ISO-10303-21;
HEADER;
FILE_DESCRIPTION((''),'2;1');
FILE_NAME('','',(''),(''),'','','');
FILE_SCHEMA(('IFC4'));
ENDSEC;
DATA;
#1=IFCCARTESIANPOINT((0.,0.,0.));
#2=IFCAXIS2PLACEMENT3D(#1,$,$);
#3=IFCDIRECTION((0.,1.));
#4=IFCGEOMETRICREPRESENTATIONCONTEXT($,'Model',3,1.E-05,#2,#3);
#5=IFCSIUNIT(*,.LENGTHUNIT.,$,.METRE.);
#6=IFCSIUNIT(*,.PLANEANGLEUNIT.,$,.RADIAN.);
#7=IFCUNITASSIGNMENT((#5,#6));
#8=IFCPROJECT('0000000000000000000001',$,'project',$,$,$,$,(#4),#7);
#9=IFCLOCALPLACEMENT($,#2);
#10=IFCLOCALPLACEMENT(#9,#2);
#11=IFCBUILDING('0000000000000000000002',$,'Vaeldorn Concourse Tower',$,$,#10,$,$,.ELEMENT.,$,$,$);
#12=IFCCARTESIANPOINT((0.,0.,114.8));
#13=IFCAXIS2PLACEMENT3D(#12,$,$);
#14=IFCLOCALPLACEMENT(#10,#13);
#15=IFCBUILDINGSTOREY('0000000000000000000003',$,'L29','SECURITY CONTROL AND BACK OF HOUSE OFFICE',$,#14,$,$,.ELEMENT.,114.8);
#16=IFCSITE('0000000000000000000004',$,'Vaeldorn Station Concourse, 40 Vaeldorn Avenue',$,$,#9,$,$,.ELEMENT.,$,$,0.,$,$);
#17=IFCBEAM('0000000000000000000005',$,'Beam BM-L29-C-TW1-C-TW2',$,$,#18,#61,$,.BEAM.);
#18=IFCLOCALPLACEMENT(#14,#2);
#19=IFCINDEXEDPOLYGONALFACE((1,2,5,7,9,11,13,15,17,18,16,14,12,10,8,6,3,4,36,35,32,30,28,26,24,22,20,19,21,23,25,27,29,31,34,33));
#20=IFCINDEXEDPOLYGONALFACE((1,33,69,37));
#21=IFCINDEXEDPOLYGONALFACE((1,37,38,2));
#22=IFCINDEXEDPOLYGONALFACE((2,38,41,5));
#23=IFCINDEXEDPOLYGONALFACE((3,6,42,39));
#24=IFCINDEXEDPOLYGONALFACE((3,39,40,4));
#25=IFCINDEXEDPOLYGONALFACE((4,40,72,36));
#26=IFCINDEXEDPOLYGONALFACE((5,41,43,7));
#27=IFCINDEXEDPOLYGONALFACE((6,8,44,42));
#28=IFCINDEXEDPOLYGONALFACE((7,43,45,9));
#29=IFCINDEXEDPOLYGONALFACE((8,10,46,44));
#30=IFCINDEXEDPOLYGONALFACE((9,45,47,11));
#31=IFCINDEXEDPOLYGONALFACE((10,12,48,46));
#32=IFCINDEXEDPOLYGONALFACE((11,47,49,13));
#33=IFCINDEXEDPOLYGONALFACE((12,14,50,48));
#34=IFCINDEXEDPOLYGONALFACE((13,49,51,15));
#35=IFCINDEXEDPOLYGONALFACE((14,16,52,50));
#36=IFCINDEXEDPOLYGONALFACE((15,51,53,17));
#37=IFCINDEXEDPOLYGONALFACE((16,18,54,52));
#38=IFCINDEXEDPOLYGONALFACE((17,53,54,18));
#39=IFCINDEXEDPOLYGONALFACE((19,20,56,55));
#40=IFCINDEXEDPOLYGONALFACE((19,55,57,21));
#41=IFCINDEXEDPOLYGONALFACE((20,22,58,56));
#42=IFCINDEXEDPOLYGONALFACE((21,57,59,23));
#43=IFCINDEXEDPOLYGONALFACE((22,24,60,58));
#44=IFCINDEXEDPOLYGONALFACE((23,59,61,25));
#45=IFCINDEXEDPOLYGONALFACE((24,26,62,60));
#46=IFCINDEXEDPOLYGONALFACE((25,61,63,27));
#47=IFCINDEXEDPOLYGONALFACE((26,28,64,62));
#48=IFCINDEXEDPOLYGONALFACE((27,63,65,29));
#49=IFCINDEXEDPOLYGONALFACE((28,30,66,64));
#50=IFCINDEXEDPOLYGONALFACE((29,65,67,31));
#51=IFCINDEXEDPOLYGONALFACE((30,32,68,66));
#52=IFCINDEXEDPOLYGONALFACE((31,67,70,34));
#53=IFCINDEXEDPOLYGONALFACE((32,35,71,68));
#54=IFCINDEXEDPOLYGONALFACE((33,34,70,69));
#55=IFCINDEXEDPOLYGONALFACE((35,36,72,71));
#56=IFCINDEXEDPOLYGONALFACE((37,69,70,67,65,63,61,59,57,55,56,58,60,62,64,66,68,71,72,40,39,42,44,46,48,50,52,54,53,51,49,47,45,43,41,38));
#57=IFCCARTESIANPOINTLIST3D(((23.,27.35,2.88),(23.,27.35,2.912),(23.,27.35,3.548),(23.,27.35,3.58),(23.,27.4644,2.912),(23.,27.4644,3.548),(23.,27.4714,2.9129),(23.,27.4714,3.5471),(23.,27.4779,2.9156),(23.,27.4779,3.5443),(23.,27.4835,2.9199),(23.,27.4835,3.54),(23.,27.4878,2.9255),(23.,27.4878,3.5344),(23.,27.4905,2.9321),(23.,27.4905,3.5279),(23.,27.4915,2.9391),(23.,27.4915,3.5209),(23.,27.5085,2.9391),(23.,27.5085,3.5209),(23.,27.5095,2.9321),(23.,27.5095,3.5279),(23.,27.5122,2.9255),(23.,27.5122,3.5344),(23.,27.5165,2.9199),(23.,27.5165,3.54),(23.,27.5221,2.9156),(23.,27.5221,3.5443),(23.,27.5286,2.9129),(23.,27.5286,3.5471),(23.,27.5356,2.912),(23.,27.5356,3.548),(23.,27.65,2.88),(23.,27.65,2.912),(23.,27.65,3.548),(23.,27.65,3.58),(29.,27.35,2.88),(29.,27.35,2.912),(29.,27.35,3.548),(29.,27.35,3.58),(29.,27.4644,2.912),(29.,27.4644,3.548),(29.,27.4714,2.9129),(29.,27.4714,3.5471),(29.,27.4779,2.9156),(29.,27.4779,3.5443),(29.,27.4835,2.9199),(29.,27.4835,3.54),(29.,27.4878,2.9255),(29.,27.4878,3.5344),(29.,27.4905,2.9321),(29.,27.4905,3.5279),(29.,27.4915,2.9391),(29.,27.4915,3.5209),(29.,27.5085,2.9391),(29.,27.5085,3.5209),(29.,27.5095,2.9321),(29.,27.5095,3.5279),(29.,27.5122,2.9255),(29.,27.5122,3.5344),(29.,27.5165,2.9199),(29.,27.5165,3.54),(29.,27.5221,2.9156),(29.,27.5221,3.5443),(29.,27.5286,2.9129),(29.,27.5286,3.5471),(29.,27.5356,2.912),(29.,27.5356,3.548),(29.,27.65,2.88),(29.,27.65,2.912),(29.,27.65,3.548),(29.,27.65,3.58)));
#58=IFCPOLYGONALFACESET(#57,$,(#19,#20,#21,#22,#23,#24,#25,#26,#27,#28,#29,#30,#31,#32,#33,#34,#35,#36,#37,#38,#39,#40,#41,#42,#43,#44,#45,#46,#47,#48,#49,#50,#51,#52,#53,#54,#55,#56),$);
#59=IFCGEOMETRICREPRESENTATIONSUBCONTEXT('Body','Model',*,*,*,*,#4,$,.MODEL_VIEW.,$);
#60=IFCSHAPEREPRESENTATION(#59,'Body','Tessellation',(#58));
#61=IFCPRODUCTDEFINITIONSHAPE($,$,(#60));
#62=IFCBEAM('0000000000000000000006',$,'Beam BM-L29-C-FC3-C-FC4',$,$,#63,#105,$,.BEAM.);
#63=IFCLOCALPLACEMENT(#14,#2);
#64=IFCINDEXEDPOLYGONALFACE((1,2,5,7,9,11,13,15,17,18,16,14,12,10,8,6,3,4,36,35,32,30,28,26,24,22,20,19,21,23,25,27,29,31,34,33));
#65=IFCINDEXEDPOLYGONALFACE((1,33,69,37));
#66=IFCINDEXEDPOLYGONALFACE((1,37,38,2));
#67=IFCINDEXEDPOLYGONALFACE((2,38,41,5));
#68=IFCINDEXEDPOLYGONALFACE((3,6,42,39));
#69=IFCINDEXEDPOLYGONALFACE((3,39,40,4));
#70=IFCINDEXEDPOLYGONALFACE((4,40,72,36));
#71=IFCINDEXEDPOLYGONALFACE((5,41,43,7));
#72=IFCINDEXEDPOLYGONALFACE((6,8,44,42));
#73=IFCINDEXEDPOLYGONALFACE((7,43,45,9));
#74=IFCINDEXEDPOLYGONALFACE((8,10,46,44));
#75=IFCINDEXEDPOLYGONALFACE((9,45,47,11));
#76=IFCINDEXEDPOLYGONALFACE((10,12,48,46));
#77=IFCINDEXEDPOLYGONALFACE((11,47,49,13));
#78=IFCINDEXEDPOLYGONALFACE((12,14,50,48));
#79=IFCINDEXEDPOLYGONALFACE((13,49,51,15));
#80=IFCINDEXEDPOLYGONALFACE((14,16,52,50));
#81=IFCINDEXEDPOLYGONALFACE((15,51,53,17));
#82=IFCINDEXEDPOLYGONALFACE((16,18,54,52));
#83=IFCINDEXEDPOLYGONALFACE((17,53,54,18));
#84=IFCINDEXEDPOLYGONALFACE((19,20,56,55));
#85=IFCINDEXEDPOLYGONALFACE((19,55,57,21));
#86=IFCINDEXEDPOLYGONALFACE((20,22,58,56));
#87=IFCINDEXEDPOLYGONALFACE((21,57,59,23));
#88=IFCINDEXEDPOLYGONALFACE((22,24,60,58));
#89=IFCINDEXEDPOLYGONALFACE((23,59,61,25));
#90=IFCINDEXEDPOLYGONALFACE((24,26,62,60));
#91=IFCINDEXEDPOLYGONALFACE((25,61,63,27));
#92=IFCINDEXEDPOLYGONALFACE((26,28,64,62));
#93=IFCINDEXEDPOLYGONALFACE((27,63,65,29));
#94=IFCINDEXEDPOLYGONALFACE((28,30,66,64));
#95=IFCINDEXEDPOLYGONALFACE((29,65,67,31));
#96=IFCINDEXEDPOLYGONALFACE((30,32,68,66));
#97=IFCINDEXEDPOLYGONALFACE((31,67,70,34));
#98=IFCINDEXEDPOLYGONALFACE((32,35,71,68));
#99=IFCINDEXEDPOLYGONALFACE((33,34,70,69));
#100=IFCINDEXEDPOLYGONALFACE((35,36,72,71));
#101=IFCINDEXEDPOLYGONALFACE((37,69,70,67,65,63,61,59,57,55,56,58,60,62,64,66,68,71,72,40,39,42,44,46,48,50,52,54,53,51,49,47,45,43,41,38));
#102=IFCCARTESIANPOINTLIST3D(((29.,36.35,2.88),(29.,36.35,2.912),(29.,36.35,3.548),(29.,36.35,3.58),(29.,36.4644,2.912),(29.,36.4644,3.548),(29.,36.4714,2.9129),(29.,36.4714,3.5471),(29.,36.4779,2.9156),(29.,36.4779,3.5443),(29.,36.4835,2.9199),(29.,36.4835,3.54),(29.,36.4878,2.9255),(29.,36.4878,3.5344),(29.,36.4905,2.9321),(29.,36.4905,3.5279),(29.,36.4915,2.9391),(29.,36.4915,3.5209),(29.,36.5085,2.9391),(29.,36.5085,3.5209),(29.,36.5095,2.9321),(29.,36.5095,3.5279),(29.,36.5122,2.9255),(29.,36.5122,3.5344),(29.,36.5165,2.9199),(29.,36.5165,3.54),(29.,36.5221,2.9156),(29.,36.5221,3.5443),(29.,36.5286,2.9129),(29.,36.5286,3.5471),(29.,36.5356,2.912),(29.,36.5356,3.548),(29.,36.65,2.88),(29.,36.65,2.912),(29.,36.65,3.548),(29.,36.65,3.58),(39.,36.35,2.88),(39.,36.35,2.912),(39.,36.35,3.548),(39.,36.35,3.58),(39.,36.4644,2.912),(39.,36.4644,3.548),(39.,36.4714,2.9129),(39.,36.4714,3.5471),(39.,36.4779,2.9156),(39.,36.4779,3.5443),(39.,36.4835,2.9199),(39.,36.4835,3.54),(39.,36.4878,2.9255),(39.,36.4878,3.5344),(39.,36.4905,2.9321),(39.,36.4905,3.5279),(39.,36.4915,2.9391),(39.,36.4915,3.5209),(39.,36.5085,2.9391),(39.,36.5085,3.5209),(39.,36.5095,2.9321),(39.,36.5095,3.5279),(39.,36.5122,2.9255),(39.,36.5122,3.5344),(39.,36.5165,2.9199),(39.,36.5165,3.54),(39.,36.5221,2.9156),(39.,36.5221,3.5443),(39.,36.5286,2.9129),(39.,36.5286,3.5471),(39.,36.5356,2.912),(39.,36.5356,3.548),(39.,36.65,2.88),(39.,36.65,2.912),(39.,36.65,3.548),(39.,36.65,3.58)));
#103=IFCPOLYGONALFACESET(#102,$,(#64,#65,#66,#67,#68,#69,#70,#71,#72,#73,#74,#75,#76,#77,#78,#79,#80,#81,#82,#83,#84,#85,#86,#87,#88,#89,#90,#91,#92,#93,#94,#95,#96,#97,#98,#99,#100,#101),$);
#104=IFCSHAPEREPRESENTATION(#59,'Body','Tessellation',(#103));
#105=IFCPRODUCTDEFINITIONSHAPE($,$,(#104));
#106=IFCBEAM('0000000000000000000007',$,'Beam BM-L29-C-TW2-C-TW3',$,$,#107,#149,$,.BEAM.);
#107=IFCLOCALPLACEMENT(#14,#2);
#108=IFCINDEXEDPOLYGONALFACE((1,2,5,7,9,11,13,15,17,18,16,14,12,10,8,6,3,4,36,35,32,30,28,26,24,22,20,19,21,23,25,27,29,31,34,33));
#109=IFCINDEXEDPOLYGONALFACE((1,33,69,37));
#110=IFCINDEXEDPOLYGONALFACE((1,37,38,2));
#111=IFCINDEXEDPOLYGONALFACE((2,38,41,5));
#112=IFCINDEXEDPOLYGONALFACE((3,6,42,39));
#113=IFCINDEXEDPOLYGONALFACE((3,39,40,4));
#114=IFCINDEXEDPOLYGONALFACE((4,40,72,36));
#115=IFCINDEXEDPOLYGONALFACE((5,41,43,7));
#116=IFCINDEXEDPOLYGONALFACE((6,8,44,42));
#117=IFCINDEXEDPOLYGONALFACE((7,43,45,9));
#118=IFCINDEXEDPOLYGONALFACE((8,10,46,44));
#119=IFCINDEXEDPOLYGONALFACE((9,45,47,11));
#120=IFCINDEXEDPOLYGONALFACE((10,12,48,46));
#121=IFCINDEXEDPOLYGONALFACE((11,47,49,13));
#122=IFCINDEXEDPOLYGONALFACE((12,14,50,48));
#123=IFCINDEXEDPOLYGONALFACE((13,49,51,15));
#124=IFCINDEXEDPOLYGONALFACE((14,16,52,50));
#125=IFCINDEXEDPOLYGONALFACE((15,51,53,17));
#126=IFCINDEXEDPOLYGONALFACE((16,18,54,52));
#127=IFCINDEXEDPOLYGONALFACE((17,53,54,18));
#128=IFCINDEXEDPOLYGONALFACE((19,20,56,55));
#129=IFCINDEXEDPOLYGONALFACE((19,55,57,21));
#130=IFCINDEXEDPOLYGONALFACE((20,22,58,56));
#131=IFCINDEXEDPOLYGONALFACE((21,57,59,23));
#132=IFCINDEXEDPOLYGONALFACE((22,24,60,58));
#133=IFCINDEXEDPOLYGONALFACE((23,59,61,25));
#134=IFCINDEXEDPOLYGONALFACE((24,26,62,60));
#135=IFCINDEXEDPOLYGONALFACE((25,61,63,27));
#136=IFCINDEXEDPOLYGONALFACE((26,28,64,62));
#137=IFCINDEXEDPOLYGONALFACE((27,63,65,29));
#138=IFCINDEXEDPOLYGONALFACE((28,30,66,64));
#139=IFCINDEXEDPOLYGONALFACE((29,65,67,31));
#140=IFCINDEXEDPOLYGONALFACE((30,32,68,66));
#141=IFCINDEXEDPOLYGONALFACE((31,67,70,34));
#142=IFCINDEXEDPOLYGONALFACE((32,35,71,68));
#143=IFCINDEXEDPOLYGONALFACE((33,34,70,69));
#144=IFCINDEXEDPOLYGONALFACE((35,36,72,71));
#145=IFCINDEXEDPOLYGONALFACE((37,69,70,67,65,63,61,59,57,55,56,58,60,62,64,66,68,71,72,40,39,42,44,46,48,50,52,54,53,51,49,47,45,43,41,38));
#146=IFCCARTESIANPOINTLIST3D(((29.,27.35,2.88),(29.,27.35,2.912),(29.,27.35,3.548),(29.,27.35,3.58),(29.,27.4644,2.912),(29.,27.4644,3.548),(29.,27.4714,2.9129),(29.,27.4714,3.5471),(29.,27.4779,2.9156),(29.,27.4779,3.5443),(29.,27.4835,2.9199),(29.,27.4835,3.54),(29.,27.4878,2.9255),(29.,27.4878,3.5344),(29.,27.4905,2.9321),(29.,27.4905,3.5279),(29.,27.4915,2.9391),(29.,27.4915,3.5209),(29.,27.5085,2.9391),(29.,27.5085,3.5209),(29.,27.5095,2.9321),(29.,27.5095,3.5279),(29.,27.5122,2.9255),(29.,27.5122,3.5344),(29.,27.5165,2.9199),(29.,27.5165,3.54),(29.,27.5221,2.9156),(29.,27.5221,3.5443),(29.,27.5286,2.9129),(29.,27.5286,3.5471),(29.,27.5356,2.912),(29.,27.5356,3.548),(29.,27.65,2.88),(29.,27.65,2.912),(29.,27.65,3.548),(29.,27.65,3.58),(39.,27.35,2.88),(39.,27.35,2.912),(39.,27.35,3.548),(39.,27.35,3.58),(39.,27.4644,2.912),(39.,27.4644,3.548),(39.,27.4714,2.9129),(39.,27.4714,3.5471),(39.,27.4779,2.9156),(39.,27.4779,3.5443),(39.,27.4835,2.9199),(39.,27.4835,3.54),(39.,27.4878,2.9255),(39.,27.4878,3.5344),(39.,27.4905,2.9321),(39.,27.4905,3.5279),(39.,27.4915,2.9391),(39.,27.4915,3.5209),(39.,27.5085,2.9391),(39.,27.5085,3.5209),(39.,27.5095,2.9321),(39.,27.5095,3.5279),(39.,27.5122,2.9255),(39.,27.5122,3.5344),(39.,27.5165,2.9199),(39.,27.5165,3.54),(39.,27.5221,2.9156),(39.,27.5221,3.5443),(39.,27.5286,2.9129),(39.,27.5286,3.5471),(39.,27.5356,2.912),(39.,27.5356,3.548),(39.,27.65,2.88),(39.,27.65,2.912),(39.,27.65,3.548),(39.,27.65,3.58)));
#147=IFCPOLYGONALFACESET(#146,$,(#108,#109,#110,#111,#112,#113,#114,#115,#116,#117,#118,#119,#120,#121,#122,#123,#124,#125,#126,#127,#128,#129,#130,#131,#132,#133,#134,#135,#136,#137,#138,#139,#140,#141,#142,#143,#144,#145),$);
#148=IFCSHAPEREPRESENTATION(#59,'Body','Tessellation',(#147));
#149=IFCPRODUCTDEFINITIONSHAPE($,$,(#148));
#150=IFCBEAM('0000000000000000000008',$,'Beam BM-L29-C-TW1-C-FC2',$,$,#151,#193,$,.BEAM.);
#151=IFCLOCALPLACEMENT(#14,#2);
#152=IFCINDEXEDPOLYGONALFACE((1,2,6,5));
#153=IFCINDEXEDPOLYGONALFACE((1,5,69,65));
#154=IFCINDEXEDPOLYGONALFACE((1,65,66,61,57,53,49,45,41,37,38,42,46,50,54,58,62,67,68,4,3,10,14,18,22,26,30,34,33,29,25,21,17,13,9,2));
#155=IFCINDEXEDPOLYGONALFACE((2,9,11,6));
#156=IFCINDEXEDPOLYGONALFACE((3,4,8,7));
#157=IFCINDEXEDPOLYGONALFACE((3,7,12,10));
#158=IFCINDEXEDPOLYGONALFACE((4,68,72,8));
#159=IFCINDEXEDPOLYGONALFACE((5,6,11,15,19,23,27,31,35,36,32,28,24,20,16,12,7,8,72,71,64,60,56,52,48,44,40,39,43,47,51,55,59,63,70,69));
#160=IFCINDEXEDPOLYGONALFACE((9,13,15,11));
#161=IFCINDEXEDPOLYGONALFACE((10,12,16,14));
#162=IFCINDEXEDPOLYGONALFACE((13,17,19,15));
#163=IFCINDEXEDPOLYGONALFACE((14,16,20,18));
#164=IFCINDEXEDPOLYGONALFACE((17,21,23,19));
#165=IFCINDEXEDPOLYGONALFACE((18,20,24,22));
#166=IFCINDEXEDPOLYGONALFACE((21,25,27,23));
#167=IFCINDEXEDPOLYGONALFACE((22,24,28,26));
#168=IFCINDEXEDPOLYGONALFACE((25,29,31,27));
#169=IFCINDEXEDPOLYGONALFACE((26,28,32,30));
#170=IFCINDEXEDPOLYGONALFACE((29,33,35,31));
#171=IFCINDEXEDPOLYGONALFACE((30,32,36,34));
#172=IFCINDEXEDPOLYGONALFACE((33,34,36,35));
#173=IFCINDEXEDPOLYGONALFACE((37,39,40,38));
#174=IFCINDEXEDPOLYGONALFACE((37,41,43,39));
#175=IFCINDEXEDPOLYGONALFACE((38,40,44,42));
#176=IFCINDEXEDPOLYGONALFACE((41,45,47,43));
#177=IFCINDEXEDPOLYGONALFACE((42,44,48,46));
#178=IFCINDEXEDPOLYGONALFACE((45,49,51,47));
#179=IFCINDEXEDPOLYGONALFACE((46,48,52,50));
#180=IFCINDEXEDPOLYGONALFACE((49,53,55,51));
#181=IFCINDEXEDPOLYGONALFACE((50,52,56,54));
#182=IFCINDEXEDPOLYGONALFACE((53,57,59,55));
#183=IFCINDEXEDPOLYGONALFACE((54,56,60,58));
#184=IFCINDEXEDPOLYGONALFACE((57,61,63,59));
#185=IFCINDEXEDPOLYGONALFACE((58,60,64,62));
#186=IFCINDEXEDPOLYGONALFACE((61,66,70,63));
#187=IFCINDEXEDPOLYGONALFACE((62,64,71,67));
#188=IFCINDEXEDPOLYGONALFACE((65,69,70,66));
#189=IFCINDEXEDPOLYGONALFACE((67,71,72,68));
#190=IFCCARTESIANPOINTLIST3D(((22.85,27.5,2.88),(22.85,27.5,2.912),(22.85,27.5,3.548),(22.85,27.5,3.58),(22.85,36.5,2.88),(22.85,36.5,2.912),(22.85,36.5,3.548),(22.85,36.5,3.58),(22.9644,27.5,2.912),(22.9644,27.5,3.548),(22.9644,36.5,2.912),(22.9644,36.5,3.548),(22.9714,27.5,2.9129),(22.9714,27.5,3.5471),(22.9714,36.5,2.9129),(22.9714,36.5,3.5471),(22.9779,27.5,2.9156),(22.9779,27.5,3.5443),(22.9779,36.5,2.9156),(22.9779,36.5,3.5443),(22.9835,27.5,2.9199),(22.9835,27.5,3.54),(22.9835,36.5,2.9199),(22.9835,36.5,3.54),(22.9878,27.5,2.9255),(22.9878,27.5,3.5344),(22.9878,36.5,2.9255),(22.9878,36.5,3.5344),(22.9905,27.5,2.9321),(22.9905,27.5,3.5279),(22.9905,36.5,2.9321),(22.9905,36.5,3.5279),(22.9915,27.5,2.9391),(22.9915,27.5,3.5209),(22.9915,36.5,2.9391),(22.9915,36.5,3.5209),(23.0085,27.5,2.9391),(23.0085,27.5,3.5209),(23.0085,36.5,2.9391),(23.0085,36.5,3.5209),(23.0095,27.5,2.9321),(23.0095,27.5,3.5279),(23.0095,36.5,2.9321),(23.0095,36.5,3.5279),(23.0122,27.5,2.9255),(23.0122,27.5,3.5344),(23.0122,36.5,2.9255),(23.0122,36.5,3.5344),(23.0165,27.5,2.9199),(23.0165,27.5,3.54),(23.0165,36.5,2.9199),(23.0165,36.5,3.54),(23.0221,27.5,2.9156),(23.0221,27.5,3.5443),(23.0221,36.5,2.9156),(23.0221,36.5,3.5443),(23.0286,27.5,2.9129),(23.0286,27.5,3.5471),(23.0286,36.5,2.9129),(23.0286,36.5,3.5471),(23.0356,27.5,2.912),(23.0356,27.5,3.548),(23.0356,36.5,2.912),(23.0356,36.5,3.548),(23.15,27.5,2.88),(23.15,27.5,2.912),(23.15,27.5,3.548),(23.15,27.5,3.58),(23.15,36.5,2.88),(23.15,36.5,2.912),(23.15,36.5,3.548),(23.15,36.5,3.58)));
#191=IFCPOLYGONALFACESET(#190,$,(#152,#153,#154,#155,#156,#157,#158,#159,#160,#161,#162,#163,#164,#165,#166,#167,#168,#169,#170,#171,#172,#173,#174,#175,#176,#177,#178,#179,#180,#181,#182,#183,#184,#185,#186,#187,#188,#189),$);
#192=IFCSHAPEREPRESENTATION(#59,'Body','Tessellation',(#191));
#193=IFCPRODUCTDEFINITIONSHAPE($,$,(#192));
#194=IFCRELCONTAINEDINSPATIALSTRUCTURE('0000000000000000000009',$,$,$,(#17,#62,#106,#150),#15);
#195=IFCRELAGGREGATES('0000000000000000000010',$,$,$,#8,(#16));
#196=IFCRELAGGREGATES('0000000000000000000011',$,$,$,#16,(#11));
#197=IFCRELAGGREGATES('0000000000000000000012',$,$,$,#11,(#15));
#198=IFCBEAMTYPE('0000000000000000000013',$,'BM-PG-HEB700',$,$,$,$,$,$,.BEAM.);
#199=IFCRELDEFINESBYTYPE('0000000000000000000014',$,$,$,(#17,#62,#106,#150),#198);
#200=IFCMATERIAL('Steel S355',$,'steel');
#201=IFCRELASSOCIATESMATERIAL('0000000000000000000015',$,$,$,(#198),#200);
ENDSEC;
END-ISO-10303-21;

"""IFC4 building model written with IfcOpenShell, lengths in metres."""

from ifc_helpers import new_model, si_unit, direction, frame, origin, origin_2d, place, context, subcontext, project, spatial, i_section, extrude, source, transform, mapped, material, material_profile, profile_set, type_object, element, save


model = new_model("IFC4")

# Units and contexts
model_context = context("Model", 3, precision=1e-05, world=origin(), true_north=direction((0.0, 1.0)))
body_context = subcontext(model_context, "Body", "Model", "MODEL_VIEW")
ifc_project = project(units=[si_unit("LENGTHUNIT", "METRE"), si_unit("PLANEANGLEUNIT", "RADIAN")], contexts=[model_context])

# Site, building, storey
site_placement = place(None, origin())
site = spatial("IfcSite", under=ifc_project, at=site_placement, Name="Vaeldorn Station Concourse, 40 Vaeldorn Avenue", CompositionType="ELEMENT", RefElevation=0.0)
building_placement = place(site_placement, origin())
building = spatial("IfcBuilding", under=site, at=building_placement, Name="Vaeldorn Concourse Tower", CompositionType="ELEMENT")
storey_placement = place(building_placement, frame((0.0, 0.0, 114.8)))
storey = spatial("IfcBuildingStorey", under=building, at=storey_placement, Name="L29", Description="SECURITY CONTROL AND BACK OF HOUSE OFFICE", CompositionType="ELEMENT", Elevation=114.8)

# Beams
ifc_material_1 = material(Name="Steel S355", Category="steel")
ifc_material_profile_1 = material_profile(ifc_material_1, i_section(OverallWidth=0.3, OverallDepth=0.7, WebThickness=0.0171, FlangeThickness=0.032, FilletRadius=0.0271, at=origin_2d()), Name="HEB 700")
ifc_profile_set_1 = profile_set([ifc_material_profile_1], Name="Steel S355")
beam_type_1 = type_object("IfcBeamType", Name="BM-PG-HEB700", PredefinedType="BEAM", material=ifc_profile_set_1)
shared_shape_1 = source(origin(), body_context, "Body", "SweptSolid", [
    extrude(i_section(OverallWidth=0.3, OverallDepth=0.7, WebThickness=0.0171, FlangeThickness=0.032, FilletRadius=0.0271, at=origin_2d()), origin(), (0.0, 0.0, 1.0), 6.0),
])
for number, where, z_axis, x_axis, name in (
    (1, (23.0, 27.5, 3.23), (1.0, 0.0, 0.0), (0.0, 1.0, 0.0), "Beam BM-L29-C-TW1-C-TW2"),
):
    element("IfcBeam", number, at=place(storey_placement, frame(where, z_axis=z_axis, x_axis=x_axis)), inside=storey, type_object=beam_type_1, Name=name, PredefinedType="BEAM", context=body_context, shape_type="MappedRepresentation", body=[
        mapped(shared_shape_1, transform((0.0, 0.0, 0.0), scale=1.0)),
    ])
shared_shape_2 = source(origin(), body_context, "Body", "SweptSolid", [
    extrude(i_section(OverallWidth=0.3, OverallDepth=0.7, WebThickness=0.0171, FlangeThickness=0.032, FilletRadius=0.0271, at=origin_2d()), origin(), (0.0, 0.0, 1.0), 10.0),
])
for number, where, z_axis, x_axis, name in (
    (2, (29.0, 36.5, 3.23), (1.0, 0.0, 0.0), (0.0, 1.0, 0.0), "Beam BM-L29-C-FC3-C-FC4"),
    (3, (29.0, 27.5, 3.23), (1.0, 0.0, 0.0), (0.0, 1.0, 0.0), "Beam BM-L29-C-TW2-C-TW3"),
):
    element("IfcBeam", number, at=place(storey_placement, frame(where, z_axis=z_axis, x_axis=x_axis)), inside=storey, type_object=beam_type_1, Name=name, PredefinedType="BEAM", context=body_context, shape_type="MappedRepresentation", body=[
        mapped(shared_shape_2, transform((0.0, 0.0, 0.0), scale=1.0)),
    ])
shared_shape_3 = source(origin(), body_context, "Body", "SweptSolid", [
    extrude(i_section(OverallWidth=0.3, OverallDepth=0.7, WebThickness=0.0171, FlangeThickness=0.032, FilletRadius=0.0271, at=origin_2d()), origin(), (0.0, 0.0, 1.0), 9.0),
])
for number, where, z_axis, x_axis, name in (
    (4, (23.0, 27.5, 3.23), (0.0, 1.0, 0.0), (-1.0, 0.0, 0.0), "Beam BM-L29-C-TW1-C-FC2"),
):
    element("IfcBeam", number, at=place(storey_placement, frame(where, z_axis=z_axis, x_axis=x_axis)), inside=storey, type_object=beam_type_1, Name=name, PredefinedType="BEAM", context=body_context, shape_type="MappedRepresentation", body=[
        mapped(shared_shape_3, transform((0.0, 0.0, 0.0), scale=1.0)),
    ])

save(model, "model.ifc")
